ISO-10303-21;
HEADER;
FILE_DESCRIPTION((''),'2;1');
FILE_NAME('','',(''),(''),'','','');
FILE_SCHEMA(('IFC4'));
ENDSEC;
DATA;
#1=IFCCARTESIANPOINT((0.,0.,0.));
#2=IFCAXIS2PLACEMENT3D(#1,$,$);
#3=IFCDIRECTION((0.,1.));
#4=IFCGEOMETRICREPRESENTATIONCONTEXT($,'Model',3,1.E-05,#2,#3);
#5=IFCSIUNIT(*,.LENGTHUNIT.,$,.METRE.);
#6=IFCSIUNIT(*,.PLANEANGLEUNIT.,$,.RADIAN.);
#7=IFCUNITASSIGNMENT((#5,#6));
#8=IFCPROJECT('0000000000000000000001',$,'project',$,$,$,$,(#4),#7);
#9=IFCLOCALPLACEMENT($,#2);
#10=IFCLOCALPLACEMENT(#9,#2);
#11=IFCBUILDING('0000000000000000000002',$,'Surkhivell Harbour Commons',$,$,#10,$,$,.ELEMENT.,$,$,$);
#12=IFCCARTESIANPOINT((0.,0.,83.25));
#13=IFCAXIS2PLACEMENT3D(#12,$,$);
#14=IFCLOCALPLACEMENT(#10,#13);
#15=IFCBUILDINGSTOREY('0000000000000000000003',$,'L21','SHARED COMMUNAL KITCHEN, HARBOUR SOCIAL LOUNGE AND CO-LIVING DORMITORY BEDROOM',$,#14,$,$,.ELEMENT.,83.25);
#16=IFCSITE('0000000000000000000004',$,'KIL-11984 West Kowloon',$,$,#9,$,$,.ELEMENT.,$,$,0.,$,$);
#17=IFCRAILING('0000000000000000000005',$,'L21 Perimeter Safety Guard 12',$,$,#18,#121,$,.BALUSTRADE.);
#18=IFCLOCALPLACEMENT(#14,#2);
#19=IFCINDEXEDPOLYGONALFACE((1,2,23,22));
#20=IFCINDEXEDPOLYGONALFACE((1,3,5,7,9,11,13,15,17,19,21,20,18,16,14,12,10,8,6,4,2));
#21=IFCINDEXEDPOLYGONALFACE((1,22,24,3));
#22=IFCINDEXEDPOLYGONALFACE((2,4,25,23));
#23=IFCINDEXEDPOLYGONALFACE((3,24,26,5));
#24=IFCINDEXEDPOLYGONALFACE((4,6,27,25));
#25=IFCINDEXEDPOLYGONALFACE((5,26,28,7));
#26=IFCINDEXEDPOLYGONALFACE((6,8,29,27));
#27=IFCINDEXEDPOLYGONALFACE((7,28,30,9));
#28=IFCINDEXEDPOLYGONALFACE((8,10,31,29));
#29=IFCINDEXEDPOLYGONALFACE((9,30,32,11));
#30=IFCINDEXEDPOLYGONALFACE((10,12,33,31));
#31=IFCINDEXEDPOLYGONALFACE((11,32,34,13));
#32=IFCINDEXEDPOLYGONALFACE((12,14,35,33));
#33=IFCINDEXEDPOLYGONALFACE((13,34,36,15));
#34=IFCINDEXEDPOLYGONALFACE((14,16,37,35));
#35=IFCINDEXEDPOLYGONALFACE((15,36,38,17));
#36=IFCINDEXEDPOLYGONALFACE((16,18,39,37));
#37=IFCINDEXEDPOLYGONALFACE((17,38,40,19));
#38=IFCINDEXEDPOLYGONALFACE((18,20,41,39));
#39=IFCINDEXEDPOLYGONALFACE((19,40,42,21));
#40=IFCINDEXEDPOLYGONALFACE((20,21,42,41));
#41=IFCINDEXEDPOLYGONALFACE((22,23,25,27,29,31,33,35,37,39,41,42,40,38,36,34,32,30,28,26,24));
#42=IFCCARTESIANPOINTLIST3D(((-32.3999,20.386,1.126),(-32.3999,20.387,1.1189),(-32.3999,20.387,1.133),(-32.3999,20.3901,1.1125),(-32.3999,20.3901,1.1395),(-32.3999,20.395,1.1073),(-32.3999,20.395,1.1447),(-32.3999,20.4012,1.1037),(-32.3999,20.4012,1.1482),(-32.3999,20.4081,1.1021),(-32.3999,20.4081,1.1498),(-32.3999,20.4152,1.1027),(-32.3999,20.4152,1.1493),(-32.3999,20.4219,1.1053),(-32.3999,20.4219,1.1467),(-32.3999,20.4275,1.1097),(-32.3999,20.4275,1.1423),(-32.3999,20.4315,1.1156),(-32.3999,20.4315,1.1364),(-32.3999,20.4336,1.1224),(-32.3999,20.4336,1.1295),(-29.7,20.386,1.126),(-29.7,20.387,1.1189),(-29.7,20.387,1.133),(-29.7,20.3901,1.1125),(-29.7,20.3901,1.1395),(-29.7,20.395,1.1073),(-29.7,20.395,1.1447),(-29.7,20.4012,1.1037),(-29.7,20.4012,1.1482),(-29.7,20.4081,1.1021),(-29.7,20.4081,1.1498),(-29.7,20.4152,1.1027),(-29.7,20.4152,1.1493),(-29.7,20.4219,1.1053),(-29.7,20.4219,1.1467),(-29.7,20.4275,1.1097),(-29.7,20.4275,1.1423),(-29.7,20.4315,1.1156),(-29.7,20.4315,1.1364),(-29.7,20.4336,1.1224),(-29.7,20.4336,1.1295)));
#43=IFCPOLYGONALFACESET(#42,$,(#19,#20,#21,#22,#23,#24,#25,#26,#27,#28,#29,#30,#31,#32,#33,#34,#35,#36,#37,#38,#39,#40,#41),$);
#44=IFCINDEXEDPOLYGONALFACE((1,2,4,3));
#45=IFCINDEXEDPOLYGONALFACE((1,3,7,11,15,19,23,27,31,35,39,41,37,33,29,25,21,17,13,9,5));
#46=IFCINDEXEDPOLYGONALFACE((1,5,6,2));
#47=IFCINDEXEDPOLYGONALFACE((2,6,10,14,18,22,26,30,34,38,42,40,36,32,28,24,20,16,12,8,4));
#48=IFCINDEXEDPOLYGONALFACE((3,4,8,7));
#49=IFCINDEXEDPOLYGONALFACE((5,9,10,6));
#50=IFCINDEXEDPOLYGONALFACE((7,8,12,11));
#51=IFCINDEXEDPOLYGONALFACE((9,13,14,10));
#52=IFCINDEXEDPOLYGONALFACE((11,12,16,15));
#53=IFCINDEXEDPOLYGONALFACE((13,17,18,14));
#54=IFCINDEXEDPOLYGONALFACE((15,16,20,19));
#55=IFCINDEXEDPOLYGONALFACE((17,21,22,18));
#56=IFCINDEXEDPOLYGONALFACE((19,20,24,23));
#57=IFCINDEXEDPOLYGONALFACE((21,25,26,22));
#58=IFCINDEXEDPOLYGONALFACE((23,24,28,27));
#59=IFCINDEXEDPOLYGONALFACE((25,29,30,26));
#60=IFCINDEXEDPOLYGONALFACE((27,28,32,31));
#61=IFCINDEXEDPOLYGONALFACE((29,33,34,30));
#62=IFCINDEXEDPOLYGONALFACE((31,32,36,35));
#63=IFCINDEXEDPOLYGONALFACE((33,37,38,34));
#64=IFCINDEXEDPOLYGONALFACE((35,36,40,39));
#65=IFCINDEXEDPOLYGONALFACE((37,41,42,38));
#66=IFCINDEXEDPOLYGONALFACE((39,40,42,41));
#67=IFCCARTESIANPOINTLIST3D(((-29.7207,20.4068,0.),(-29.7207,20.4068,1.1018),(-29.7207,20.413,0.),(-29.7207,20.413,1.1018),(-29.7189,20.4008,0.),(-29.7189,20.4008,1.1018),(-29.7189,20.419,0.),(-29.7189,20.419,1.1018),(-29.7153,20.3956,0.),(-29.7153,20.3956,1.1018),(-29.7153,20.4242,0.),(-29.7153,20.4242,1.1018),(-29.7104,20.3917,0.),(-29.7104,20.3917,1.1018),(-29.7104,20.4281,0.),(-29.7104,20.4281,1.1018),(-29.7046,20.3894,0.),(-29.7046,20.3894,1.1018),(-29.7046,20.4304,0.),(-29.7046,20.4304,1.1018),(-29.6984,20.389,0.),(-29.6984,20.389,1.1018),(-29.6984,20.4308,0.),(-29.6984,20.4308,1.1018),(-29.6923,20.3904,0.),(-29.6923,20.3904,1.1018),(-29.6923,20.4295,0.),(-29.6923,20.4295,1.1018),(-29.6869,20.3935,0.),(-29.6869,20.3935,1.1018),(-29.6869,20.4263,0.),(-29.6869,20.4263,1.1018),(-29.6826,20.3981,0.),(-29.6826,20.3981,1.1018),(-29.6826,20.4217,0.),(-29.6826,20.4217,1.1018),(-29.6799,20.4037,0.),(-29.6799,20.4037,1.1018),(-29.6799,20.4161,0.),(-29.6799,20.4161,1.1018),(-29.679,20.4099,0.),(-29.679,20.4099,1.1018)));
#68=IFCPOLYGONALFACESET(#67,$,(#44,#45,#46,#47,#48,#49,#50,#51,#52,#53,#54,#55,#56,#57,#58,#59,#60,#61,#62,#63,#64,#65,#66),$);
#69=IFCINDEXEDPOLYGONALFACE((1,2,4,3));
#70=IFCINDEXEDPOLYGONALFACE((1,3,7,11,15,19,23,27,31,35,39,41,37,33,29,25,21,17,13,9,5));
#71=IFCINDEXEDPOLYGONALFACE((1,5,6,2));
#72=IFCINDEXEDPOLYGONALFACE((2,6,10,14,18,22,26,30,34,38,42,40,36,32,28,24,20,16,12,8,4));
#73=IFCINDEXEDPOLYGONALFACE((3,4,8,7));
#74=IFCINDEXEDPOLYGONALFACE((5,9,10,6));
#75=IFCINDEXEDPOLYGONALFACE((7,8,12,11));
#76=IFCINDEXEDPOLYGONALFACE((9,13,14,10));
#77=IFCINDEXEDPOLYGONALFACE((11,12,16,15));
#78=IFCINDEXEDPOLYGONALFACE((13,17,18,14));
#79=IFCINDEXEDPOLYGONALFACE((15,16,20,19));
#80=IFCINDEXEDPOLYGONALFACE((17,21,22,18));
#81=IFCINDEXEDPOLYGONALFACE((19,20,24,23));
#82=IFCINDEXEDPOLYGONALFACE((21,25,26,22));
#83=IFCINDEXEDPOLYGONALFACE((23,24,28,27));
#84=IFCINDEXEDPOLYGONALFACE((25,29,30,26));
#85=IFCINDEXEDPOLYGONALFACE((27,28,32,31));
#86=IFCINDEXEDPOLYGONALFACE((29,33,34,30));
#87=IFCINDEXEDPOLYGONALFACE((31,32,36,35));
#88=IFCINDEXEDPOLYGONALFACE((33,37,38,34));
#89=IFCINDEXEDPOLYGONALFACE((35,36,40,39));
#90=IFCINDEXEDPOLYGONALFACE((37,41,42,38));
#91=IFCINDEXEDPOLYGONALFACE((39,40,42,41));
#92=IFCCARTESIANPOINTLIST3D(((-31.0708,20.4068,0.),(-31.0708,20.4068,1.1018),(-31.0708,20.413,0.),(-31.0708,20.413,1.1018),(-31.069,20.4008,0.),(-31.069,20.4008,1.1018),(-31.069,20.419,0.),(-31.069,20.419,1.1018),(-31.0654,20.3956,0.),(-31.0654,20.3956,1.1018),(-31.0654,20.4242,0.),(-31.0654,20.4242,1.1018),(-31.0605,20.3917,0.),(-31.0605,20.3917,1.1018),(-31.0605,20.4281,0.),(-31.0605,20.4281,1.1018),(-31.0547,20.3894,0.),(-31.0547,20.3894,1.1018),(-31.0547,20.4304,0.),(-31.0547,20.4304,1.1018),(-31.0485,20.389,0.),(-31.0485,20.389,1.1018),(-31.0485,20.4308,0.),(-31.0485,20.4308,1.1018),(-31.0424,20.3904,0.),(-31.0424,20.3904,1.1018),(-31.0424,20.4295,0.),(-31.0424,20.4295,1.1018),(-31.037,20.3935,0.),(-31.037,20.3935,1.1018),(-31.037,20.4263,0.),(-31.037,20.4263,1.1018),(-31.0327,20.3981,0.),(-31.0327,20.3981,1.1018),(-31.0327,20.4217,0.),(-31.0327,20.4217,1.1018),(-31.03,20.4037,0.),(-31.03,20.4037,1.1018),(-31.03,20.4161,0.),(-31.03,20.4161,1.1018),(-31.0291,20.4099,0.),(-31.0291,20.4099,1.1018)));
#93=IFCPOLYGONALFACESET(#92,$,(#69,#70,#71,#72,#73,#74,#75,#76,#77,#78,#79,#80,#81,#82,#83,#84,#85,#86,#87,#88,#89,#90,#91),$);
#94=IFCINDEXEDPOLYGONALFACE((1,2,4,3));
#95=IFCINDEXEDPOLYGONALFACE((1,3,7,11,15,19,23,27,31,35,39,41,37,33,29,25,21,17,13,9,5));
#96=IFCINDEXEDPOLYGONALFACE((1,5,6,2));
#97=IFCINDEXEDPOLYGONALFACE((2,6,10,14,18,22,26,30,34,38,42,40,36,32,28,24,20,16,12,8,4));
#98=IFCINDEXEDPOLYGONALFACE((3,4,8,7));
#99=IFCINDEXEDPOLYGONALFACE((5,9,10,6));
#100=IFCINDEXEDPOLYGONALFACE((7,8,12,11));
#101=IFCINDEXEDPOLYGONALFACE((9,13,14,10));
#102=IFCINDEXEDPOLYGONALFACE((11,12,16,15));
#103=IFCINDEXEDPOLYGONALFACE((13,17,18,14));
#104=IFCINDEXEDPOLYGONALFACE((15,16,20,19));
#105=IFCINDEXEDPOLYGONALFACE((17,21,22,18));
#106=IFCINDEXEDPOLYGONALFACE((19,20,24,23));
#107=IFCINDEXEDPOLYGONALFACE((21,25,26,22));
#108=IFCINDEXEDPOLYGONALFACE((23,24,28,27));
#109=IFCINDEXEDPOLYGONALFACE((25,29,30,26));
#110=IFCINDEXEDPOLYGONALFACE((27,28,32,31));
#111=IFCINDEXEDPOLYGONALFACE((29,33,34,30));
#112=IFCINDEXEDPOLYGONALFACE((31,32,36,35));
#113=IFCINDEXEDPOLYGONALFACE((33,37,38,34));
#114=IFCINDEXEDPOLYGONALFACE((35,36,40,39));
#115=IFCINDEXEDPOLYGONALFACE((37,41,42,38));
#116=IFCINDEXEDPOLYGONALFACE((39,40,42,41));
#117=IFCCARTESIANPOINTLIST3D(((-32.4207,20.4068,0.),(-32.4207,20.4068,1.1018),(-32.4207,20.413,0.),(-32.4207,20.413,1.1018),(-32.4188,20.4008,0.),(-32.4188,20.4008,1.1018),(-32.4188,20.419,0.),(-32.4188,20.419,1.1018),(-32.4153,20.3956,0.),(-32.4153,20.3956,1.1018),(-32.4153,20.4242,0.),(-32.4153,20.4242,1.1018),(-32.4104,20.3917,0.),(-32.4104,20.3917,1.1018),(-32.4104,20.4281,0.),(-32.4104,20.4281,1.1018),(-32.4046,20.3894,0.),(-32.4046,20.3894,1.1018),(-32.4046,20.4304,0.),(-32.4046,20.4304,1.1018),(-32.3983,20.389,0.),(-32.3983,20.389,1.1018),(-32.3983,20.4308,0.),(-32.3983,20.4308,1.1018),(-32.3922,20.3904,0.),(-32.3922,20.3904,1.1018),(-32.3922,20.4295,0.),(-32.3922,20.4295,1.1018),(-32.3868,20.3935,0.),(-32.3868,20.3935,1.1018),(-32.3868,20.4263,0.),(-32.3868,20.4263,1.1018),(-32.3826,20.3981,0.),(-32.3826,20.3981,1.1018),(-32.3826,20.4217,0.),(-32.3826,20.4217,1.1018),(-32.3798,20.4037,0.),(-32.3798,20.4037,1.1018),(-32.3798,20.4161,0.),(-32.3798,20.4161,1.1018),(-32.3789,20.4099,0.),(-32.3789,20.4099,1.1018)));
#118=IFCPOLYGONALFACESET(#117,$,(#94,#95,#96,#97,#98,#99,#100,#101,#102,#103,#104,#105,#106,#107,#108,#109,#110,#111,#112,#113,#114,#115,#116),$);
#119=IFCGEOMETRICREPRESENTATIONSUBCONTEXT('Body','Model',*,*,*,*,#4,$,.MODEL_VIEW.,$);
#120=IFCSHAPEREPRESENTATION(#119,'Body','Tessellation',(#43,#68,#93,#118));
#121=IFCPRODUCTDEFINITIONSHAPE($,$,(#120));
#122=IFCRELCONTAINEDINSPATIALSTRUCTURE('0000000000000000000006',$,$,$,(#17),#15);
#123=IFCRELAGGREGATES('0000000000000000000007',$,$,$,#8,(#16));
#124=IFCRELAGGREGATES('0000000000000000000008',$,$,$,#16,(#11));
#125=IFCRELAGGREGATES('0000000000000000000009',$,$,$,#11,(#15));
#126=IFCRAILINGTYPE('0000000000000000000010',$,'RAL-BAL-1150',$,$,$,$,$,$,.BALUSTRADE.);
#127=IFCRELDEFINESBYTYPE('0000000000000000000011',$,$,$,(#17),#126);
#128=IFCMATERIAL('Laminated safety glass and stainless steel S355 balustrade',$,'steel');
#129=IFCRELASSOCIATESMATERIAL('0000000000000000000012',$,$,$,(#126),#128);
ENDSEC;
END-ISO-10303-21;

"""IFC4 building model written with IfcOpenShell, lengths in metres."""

from ifc_helpers import new_model, si_unit, direction, frame, origin, origin_2d, place, context, subcontext, project, spatial, circle, extrude, material, type_object, element, save


model = new_model("IFC4")

# Units and contexts
model_context = context("Model", 3, precision=1e-05, world=origin(), true_north=direction((0.0, 1.0)))
body_context = subcontext(model_context, "Body", "Model", "MODEL_VIEW")
ifc_project = project(units=[si_unit("LENGTHUNIT", "METRE"), si_unit("PLANEANGLEUNIT", "RADIAN")], contexts=[model_context])

# Site, building, storey
site_placement = place(None, origin())
site = spatial("IfcSite", under=ifc_project, at=site_placement, Name="KIL-11984 West Kowloon", CompositionType="ELEMENT", RefElevation=0.0)
building_placement = place(site_placement, origin())
building = spatial("IfcBuilding", under=site, at=building_placement, Name="Surkhivell Harbour Commons", CompositionType="ELEMENT")
storey_placement = place(building_placement, frame((0.0, 0.0, 83.25)))
storey = spatial("IfcBuildingStorey", under=building, at=storey_placement, Name="L21", Description="SHARED COMMUNAL KITCHEN, HARBOUR SOCIAL LOUNGE AND CO-LIVING DORMITORY BEDROOM", CompositionType="ELEMENT", Elevation=83.25)

# Railing
ifc_material_1 = material(Name="Laminated safety glass and stainless steel S355 balustrade", Category="steel")
railing_type = type_object("IfcRailingType", Name="RAL-BAL-1150", PredefinedType="BALUSTRADE", material=ifc_material_1)
railing_1_placement = place(storey_placement, frame((-29.7, 20.4099, 0.0)))
element("IfcRailing", 1, at=railing_1_placement, inside=storey, type_object=railing_type, Name="L21 Perimeter Safety Guard 12", PredefinedType="BALUSTRADE", context=body_context, shape_type="SweptSolid", body=[
    extrude(circle(Radius=0.0239, at=origin_2d()), frame((0.0, 0.0, 1.126), z_axis=(-1.0, 0.0, 0.0), x_axis=(0.0, -1.0, 0.0)), (0.0, 0.0, 1.0), 2.7),
    extrude(circle(Radius=0.021, at=origin_2d()), origin(), (0.0, 0.0, 1.0), 1.1018),
    extrude(circle(Radius=0.021, at=origin_2d()), frame((-1.3501, 0.0, 0.0)), (0.0, 0.0, 1.0), 1.1018),
    extrude(circle(Radius=0.021, at=origin_2d()), frame((-2.7, 0.0, 0.0)), (0.0, 0.0, 1.0), 1.1018),
])

save(model, "model.ifc")
